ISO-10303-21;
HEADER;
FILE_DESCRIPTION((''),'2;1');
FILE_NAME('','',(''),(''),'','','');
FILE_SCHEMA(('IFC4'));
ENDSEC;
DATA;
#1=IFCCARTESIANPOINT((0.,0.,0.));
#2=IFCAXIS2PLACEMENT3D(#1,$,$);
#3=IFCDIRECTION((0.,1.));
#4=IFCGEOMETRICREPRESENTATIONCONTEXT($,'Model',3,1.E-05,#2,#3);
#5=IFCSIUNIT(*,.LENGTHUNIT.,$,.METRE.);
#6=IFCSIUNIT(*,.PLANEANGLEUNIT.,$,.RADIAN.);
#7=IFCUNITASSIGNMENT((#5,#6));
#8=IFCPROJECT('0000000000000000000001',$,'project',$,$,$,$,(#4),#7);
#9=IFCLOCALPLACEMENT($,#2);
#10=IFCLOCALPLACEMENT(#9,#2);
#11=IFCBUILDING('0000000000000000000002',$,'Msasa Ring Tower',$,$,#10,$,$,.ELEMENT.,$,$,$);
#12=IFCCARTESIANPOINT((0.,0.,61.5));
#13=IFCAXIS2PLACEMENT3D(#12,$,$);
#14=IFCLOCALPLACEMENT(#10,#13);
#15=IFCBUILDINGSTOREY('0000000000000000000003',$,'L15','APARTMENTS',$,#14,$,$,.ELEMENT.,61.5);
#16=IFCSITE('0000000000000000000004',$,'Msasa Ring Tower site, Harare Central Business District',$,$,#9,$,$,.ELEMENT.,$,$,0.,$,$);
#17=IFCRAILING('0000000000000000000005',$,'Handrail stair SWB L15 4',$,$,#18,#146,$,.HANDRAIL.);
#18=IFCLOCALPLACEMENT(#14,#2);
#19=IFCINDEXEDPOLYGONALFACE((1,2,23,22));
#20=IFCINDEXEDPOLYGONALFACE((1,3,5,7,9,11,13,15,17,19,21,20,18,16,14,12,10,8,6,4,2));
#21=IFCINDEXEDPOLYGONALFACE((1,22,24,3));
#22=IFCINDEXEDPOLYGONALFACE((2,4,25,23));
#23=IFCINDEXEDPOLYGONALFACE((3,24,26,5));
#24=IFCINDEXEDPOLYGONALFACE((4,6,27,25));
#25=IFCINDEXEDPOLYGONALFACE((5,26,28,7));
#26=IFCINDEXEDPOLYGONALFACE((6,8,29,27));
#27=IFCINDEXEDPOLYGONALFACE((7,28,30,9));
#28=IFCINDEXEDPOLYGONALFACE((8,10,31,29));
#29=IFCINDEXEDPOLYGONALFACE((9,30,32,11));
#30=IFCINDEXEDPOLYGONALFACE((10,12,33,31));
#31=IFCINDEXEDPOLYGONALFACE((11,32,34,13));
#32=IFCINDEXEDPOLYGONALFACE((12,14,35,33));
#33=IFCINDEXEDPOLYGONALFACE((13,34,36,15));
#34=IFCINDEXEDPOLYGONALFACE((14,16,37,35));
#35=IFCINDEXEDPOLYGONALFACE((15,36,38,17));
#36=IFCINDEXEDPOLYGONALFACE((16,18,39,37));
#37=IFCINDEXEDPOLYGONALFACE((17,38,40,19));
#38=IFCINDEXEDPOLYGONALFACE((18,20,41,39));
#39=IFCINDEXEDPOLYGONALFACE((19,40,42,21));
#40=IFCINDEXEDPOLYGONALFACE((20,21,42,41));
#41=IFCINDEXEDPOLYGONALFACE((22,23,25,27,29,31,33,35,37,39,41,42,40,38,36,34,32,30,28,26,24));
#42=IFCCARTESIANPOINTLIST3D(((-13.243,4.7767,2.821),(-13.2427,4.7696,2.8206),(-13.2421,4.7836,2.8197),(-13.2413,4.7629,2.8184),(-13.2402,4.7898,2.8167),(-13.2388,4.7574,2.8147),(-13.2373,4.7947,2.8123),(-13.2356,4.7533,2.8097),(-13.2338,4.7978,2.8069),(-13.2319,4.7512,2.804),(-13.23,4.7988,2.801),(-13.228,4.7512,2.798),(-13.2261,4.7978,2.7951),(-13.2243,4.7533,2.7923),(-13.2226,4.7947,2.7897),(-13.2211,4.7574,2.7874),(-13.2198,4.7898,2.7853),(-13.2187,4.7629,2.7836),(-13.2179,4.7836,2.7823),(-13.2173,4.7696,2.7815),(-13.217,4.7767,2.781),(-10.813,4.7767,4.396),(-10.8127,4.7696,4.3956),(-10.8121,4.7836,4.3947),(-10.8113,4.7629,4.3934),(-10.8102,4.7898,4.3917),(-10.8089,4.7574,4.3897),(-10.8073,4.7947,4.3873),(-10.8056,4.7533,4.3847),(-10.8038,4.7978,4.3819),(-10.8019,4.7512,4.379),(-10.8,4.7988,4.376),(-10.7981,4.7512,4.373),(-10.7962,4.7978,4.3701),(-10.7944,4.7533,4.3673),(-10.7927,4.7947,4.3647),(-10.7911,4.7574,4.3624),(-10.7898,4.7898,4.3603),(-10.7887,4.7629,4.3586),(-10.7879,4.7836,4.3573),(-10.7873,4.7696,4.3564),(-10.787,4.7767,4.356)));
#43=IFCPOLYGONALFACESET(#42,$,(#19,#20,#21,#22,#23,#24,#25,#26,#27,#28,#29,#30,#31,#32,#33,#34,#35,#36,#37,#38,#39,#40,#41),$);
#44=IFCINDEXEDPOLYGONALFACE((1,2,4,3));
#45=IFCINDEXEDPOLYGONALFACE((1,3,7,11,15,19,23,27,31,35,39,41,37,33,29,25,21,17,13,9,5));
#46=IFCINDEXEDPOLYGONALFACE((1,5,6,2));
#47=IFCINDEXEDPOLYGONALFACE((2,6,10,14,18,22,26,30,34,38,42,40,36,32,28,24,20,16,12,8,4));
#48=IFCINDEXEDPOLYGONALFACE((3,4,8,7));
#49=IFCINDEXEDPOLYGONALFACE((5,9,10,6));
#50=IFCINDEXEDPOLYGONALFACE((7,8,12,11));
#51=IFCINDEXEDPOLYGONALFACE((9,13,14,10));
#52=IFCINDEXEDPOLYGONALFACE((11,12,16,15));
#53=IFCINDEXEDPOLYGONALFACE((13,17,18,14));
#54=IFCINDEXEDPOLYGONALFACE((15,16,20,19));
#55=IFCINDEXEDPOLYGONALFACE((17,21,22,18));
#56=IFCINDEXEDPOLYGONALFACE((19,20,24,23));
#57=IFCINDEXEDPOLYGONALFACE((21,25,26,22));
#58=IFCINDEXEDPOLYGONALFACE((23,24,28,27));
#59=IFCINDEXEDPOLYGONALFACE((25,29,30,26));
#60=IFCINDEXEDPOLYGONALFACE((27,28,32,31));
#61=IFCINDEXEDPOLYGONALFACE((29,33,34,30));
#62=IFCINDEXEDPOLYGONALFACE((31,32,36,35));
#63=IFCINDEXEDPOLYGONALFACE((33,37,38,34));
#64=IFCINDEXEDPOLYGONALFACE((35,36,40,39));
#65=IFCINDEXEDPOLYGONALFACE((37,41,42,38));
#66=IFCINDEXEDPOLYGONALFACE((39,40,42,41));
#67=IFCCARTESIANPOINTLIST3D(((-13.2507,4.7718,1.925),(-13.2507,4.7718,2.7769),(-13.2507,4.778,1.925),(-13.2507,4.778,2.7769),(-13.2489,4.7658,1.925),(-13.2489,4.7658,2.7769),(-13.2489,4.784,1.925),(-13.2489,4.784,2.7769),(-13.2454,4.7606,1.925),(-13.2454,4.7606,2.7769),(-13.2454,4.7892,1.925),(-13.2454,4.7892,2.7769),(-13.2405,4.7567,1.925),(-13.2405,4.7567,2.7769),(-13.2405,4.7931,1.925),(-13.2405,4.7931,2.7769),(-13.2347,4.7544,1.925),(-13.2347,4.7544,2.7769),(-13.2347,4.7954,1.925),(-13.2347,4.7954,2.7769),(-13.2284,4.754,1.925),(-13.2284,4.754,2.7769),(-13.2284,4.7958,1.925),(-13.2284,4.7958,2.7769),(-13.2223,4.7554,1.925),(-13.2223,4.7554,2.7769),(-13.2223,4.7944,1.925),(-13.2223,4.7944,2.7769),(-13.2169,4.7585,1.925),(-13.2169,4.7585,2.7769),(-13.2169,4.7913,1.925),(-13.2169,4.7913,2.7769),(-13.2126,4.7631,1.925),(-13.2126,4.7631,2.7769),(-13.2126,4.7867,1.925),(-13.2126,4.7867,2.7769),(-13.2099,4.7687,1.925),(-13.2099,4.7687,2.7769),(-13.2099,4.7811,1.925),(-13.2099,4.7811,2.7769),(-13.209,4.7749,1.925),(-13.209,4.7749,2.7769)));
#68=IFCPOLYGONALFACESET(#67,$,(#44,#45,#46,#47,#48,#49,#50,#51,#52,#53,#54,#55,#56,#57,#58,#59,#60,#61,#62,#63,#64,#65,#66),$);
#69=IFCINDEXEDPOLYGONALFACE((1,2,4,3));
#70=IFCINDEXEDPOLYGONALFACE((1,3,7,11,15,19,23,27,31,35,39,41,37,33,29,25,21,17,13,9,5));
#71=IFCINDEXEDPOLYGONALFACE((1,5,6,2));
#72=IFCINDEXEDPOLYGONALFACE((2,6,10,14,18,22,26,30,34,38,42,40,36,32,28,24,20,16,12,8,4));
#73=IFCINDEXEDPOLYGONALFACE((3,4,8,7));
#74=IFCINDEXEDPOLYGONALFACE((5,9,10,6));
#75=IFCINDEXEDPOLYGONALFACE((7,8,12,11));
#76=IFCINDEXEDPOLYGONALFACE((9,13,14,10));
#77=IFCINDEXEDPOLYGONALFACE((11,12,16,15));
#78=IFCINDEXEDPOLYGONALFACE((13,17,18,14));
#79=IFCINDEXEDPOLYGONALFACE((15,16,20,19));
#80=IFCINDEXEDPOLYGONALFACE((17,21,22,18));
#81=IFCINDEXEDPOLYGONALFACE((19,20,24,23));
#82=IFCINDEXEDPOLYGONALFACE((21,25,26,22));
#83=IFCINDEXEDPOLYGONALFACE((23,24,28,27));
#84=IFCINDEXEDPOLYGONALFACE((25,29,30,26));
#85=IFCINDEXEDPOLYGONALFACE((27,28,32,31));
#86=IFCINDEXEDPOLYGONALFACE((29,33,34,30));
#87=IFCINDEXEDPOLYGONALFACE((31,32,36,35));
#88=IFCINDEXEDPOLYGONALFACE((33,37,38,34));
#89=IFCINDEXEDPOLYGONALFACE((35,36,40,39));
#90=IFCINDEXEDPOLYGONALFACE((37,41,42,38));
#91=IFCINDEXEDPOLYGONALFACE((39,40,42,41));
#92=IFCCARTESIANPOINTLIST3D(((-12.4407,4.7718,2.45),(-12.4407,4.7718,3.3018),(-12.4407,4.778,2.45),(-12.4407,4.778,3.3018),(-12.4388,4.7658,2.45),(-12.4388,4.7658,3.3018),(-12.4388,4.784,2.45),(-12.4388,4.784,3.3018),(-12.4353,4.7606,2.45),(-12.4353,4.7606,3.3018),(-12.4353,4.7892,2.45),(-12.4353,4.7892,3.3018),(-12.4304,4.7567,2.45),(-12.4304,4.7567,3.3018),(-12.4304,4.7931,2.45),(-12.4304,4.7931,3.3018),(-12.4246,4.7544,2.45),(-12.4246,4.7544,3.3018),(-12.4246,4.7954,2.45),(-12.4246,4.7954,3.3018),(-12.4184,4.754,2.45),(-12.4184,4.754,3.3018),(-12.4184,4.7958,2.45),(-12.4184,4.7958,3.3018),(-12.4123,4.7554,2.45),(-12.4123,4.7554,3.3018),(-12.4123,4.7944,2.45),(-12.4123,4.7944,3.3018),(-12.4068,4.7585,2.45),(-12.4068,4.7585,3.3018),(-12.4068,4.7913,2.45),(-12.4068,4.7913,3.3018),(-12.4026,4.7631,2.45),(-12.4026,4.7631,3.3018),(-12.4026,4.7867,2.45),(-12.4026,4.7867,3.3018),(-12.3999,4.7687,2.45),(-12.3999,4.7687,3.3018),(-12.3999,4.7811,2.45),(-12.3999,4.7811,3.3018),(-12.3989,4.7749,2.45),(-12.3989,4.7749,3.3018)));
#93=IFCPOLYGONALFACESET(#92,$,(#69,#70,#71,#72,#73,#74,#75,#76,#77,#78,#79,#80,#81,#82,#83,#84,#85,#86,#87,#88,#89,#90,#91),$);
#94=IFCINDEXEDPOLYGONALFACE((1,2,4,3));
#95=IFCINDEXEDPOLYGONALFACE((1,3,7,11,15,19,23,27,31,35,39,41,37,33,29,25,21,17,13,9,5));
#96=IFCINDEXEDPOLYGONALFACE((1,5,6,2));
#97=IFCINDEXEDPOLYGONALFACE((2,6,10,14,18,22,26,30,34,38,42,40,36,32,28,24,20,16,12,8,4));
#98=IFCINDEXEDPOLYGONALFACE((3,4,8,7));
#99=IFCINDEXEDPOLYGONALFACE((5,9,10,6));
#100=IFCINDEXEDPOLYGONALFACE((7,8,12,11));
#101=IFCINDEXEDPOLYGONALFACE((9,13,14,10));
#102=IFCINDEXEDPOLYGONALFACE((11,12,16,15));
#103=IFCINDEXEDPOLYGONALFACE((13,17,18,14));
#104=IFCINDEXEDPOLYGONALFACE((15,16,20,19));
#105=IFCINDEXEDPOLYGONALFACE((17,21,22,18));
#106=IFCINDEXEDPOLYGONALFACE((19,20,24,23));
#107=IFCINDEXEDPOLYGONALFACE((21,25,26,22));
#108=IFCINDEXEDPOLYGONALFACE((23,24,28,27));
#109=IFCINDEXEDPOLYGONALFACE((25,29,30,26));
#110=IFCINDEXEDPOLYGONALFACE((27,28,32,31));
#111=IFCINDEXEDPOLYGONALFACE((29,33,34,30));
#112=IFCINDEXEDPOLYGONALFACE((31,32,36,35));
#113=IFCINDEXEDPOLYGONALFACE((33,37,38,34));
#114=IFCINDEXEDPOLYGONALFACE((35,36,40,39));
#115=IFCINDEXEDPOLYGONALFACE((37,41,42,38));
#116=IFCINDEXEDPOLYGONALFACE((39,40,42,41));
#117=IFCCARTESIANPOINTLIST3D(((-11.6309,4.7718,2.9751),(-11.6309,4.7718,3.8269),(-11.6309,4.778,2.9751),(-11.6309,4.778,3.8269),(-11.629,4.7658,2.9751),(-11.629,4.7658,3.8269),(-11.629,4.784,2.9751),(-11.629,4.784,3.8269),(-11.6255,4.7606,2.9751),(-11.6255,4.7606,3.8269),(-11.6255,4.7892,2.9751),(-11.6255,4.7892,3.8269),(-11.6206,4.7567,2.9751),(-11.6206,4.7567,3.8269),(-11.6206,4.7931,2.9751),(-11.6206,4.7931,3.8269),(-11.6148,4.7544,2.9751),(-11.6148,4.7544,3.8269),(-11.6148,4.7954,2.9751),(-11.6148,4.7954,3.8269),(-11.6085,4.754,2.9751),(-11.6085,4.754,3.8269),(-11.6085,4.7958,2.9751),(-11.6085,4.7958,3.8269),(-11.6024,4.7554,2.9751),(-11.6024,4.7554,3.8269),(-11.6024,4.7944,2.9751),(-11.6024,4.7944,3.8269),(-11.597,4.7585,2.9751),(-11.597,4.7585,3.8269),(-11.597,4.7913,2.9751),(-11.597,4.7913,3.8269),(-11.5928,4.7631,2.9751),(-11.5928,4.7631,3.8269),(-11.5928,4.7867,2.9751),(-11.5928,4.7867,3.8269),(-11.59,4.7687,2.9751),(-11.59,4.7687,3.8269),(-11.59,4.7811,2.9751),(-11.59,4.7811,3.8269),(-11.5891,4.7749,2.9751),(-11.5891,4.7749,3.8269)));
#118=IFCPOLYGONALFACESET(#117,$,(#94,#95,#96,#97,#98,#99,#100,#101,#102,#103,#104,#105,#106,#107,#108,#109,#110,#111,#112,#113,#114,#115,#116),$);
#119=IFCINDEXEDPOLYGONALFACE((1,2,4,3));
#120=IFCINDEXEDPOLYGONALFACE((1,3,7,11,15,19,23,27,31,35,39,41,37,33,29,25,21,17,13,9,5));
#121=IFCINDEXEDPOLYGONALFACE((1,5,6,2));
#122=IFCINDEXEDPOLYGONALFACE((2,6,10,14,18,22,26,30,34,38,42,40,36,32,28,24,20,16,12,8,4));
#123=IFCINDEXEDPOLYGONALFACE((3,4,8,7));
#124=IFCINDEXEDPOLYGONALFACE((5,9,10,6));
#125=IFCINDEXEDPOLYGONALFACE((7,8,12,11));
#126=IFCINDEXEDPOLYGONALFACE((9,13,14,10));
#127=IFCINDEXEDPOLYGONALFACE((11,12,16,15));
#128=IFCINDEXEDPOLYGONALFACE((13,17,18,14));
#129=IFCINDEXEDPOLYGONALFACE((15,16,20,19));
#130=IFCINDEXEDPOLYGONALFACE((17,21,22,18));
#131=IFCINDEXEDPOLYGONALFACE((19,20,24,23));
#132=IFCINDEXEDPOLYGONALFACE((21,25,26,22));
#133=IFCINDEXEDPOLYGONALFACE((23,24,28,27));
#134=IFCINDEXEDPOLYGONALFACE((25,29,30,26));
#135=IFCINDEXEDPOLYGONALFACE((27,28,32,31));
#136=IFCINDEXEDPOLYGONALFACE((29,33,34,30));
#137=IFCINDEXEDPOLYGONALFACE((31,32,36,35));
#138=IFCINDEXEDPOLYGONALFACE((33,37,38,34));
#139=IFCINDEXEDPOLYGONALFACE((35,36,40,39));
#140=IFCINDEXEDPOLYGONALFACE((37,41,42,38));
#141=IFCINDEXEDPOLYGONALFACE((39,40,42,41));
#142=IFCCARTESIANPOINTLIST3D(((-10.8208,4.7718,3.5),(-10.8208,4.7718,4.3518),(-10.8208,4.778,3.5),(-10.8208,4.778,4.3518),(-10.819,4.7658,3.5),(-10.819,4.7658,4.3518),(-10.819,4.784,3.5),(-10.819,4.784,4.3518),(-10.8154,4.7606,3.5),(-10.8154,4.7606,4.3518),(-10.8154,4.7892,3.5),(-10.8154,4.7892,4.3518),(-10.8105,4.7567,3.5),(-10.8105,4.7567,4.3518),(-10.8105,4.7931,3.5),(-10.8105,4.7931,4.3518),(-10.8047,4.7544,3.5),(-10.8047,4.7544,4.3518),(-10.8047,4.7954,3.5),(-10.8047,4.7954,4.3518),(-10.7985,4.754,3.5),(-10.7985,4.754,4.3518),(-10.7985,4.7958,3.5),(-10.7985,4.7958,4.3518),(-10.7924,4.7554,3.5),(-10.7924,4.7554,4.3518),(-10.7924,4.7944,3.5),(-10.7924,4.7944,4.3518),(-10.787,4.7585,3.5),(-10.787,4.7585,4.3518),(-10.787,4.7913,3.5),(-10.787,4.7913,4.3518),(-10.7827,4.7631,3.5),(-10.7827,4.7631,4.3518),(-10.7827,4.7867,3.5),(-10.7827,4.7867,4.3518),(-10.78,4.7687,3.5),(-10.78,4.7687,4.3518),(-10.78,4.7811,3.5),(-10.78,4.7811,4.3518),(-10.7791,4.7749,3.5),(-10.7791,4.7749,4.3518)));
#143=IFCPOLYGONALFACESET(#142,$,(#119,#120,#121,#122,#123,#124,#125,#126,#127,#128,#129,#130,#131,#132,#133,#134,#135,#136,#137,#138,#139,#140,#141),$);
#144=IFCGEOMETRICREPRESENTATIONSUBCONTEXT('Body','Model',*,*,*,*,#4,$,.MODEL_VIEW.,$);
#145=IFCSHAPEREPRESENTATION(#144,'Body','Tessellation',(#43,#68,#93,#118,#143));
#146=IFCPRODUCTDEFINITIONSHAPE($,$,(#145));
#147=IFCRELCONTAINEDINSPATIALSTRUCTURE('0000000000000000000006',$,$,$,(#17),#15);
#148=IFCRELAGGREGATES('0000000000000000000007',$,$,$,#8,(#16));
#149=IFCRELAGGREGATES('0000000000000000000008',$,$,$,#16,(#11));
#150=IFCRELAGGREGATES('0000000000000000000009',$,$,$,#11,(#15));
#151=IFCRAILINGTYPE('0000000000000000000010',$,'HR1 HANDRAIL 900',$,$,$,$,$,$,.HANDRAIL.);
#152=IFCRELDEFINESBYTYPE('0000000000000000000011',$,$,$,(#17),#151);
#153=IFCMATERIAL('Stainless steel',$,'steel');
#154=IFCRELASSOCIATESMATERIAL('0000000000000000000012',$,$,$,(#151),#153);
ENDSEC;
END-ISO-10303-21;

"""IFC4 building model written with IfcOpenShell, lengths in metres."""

from ifc_helpers import new_model, si_unit, direction, frame, origin, origin_2d, place, context, subcontext, project, spatial, circle, extrude, material, type_object, element, save


model = new_model("IFC4")

# Units and contexts
model_context = context("Model", 3, precision=1e-05, world=origin(), true_north=direction((0.0, 1.0)))
body_context = subcontext(model_context, "Body", "Model", "MODEL_VIEW")
ifc_project = project(units=[si_unit("LENGTHUNIT", "METRE"), si_unit("PLANEANGLEUNIT", "RADIAN")], contexts=[model_context])

# Site, building, storey
site_placement = place(None, origin())
site = spatial("IfcSite", under=ifc_project, at=site_placement, Name="Msasa Ring Tower site, Harare Central Business District", CompositionType="ELEMENT", RefElevation=0.0)
building_placement = place(site_placement, origin())
building = spatial("IfcBuilding", under=site, at=building_placement, Name="Msasa Ring Tower", CompositionType="ELEMENT")
storey_placement = place(building_placement, frame((0.0, 0.0, 61.5)))
storey = spatial("IfcBuildingStorey", under=building, at=storey_placement, Name="L15", Description="APARTMENTS", CompositionType="ELEMENT", Elevation=61.5)

# Railing
ifc_material_1 = material(Name="Stainless steel", Category="steel")
railing_type = type_object("IfcRailingType", Name="HR1 HANDRAIL 900", PredefinedType="HANDRAIL", material=ifc_material_1)
for number, where, name in (
    (1, (-13.23, 4.7749, 1.925), "Handrail stair SWB L15 4"),
):
    element("IfcRailing", number, at=place(storey_placement, frame(where)), inside=storey, type_object=railing_type, Name=name, PredefinedType="HANDRAIL", context=body_context, shape_type="SweptSolid", body=[
        extrude(circle(Radius=0.0239, at=origin_2d()), frame((0.0, 0.0, 0.876), z_axis=(0.839154, 0.0, 0.543894), x_axis=(0.0, 1.0, 0.0)), (0.0, 0.0, 1.0), 2.8958),
        extrude(circle(Radius=0.021, at=origin_2d()), origin(), (0.0, 0.0, 1.0), 0.8518),
        extrude(circle(Radius=0.021, at=origin_2d()), frame((0.8101, 0.0, 0.5249)), (0.0, 0.0, 1.0), 0.8518),
        extrude(circle(Radius=0.021, at=origin_2d()), frame((1.6199, 0.0, 1.05)), (0.0, 0.0, 1.0), 0.8518),
        extrude(circle(Radius=0.021, at=origin_2d()), frame((2.4299, 0.0, 1.575)), (0.0, 0.0, 1.0), 0.8518),
    ])

save(model, "model.ifc")
